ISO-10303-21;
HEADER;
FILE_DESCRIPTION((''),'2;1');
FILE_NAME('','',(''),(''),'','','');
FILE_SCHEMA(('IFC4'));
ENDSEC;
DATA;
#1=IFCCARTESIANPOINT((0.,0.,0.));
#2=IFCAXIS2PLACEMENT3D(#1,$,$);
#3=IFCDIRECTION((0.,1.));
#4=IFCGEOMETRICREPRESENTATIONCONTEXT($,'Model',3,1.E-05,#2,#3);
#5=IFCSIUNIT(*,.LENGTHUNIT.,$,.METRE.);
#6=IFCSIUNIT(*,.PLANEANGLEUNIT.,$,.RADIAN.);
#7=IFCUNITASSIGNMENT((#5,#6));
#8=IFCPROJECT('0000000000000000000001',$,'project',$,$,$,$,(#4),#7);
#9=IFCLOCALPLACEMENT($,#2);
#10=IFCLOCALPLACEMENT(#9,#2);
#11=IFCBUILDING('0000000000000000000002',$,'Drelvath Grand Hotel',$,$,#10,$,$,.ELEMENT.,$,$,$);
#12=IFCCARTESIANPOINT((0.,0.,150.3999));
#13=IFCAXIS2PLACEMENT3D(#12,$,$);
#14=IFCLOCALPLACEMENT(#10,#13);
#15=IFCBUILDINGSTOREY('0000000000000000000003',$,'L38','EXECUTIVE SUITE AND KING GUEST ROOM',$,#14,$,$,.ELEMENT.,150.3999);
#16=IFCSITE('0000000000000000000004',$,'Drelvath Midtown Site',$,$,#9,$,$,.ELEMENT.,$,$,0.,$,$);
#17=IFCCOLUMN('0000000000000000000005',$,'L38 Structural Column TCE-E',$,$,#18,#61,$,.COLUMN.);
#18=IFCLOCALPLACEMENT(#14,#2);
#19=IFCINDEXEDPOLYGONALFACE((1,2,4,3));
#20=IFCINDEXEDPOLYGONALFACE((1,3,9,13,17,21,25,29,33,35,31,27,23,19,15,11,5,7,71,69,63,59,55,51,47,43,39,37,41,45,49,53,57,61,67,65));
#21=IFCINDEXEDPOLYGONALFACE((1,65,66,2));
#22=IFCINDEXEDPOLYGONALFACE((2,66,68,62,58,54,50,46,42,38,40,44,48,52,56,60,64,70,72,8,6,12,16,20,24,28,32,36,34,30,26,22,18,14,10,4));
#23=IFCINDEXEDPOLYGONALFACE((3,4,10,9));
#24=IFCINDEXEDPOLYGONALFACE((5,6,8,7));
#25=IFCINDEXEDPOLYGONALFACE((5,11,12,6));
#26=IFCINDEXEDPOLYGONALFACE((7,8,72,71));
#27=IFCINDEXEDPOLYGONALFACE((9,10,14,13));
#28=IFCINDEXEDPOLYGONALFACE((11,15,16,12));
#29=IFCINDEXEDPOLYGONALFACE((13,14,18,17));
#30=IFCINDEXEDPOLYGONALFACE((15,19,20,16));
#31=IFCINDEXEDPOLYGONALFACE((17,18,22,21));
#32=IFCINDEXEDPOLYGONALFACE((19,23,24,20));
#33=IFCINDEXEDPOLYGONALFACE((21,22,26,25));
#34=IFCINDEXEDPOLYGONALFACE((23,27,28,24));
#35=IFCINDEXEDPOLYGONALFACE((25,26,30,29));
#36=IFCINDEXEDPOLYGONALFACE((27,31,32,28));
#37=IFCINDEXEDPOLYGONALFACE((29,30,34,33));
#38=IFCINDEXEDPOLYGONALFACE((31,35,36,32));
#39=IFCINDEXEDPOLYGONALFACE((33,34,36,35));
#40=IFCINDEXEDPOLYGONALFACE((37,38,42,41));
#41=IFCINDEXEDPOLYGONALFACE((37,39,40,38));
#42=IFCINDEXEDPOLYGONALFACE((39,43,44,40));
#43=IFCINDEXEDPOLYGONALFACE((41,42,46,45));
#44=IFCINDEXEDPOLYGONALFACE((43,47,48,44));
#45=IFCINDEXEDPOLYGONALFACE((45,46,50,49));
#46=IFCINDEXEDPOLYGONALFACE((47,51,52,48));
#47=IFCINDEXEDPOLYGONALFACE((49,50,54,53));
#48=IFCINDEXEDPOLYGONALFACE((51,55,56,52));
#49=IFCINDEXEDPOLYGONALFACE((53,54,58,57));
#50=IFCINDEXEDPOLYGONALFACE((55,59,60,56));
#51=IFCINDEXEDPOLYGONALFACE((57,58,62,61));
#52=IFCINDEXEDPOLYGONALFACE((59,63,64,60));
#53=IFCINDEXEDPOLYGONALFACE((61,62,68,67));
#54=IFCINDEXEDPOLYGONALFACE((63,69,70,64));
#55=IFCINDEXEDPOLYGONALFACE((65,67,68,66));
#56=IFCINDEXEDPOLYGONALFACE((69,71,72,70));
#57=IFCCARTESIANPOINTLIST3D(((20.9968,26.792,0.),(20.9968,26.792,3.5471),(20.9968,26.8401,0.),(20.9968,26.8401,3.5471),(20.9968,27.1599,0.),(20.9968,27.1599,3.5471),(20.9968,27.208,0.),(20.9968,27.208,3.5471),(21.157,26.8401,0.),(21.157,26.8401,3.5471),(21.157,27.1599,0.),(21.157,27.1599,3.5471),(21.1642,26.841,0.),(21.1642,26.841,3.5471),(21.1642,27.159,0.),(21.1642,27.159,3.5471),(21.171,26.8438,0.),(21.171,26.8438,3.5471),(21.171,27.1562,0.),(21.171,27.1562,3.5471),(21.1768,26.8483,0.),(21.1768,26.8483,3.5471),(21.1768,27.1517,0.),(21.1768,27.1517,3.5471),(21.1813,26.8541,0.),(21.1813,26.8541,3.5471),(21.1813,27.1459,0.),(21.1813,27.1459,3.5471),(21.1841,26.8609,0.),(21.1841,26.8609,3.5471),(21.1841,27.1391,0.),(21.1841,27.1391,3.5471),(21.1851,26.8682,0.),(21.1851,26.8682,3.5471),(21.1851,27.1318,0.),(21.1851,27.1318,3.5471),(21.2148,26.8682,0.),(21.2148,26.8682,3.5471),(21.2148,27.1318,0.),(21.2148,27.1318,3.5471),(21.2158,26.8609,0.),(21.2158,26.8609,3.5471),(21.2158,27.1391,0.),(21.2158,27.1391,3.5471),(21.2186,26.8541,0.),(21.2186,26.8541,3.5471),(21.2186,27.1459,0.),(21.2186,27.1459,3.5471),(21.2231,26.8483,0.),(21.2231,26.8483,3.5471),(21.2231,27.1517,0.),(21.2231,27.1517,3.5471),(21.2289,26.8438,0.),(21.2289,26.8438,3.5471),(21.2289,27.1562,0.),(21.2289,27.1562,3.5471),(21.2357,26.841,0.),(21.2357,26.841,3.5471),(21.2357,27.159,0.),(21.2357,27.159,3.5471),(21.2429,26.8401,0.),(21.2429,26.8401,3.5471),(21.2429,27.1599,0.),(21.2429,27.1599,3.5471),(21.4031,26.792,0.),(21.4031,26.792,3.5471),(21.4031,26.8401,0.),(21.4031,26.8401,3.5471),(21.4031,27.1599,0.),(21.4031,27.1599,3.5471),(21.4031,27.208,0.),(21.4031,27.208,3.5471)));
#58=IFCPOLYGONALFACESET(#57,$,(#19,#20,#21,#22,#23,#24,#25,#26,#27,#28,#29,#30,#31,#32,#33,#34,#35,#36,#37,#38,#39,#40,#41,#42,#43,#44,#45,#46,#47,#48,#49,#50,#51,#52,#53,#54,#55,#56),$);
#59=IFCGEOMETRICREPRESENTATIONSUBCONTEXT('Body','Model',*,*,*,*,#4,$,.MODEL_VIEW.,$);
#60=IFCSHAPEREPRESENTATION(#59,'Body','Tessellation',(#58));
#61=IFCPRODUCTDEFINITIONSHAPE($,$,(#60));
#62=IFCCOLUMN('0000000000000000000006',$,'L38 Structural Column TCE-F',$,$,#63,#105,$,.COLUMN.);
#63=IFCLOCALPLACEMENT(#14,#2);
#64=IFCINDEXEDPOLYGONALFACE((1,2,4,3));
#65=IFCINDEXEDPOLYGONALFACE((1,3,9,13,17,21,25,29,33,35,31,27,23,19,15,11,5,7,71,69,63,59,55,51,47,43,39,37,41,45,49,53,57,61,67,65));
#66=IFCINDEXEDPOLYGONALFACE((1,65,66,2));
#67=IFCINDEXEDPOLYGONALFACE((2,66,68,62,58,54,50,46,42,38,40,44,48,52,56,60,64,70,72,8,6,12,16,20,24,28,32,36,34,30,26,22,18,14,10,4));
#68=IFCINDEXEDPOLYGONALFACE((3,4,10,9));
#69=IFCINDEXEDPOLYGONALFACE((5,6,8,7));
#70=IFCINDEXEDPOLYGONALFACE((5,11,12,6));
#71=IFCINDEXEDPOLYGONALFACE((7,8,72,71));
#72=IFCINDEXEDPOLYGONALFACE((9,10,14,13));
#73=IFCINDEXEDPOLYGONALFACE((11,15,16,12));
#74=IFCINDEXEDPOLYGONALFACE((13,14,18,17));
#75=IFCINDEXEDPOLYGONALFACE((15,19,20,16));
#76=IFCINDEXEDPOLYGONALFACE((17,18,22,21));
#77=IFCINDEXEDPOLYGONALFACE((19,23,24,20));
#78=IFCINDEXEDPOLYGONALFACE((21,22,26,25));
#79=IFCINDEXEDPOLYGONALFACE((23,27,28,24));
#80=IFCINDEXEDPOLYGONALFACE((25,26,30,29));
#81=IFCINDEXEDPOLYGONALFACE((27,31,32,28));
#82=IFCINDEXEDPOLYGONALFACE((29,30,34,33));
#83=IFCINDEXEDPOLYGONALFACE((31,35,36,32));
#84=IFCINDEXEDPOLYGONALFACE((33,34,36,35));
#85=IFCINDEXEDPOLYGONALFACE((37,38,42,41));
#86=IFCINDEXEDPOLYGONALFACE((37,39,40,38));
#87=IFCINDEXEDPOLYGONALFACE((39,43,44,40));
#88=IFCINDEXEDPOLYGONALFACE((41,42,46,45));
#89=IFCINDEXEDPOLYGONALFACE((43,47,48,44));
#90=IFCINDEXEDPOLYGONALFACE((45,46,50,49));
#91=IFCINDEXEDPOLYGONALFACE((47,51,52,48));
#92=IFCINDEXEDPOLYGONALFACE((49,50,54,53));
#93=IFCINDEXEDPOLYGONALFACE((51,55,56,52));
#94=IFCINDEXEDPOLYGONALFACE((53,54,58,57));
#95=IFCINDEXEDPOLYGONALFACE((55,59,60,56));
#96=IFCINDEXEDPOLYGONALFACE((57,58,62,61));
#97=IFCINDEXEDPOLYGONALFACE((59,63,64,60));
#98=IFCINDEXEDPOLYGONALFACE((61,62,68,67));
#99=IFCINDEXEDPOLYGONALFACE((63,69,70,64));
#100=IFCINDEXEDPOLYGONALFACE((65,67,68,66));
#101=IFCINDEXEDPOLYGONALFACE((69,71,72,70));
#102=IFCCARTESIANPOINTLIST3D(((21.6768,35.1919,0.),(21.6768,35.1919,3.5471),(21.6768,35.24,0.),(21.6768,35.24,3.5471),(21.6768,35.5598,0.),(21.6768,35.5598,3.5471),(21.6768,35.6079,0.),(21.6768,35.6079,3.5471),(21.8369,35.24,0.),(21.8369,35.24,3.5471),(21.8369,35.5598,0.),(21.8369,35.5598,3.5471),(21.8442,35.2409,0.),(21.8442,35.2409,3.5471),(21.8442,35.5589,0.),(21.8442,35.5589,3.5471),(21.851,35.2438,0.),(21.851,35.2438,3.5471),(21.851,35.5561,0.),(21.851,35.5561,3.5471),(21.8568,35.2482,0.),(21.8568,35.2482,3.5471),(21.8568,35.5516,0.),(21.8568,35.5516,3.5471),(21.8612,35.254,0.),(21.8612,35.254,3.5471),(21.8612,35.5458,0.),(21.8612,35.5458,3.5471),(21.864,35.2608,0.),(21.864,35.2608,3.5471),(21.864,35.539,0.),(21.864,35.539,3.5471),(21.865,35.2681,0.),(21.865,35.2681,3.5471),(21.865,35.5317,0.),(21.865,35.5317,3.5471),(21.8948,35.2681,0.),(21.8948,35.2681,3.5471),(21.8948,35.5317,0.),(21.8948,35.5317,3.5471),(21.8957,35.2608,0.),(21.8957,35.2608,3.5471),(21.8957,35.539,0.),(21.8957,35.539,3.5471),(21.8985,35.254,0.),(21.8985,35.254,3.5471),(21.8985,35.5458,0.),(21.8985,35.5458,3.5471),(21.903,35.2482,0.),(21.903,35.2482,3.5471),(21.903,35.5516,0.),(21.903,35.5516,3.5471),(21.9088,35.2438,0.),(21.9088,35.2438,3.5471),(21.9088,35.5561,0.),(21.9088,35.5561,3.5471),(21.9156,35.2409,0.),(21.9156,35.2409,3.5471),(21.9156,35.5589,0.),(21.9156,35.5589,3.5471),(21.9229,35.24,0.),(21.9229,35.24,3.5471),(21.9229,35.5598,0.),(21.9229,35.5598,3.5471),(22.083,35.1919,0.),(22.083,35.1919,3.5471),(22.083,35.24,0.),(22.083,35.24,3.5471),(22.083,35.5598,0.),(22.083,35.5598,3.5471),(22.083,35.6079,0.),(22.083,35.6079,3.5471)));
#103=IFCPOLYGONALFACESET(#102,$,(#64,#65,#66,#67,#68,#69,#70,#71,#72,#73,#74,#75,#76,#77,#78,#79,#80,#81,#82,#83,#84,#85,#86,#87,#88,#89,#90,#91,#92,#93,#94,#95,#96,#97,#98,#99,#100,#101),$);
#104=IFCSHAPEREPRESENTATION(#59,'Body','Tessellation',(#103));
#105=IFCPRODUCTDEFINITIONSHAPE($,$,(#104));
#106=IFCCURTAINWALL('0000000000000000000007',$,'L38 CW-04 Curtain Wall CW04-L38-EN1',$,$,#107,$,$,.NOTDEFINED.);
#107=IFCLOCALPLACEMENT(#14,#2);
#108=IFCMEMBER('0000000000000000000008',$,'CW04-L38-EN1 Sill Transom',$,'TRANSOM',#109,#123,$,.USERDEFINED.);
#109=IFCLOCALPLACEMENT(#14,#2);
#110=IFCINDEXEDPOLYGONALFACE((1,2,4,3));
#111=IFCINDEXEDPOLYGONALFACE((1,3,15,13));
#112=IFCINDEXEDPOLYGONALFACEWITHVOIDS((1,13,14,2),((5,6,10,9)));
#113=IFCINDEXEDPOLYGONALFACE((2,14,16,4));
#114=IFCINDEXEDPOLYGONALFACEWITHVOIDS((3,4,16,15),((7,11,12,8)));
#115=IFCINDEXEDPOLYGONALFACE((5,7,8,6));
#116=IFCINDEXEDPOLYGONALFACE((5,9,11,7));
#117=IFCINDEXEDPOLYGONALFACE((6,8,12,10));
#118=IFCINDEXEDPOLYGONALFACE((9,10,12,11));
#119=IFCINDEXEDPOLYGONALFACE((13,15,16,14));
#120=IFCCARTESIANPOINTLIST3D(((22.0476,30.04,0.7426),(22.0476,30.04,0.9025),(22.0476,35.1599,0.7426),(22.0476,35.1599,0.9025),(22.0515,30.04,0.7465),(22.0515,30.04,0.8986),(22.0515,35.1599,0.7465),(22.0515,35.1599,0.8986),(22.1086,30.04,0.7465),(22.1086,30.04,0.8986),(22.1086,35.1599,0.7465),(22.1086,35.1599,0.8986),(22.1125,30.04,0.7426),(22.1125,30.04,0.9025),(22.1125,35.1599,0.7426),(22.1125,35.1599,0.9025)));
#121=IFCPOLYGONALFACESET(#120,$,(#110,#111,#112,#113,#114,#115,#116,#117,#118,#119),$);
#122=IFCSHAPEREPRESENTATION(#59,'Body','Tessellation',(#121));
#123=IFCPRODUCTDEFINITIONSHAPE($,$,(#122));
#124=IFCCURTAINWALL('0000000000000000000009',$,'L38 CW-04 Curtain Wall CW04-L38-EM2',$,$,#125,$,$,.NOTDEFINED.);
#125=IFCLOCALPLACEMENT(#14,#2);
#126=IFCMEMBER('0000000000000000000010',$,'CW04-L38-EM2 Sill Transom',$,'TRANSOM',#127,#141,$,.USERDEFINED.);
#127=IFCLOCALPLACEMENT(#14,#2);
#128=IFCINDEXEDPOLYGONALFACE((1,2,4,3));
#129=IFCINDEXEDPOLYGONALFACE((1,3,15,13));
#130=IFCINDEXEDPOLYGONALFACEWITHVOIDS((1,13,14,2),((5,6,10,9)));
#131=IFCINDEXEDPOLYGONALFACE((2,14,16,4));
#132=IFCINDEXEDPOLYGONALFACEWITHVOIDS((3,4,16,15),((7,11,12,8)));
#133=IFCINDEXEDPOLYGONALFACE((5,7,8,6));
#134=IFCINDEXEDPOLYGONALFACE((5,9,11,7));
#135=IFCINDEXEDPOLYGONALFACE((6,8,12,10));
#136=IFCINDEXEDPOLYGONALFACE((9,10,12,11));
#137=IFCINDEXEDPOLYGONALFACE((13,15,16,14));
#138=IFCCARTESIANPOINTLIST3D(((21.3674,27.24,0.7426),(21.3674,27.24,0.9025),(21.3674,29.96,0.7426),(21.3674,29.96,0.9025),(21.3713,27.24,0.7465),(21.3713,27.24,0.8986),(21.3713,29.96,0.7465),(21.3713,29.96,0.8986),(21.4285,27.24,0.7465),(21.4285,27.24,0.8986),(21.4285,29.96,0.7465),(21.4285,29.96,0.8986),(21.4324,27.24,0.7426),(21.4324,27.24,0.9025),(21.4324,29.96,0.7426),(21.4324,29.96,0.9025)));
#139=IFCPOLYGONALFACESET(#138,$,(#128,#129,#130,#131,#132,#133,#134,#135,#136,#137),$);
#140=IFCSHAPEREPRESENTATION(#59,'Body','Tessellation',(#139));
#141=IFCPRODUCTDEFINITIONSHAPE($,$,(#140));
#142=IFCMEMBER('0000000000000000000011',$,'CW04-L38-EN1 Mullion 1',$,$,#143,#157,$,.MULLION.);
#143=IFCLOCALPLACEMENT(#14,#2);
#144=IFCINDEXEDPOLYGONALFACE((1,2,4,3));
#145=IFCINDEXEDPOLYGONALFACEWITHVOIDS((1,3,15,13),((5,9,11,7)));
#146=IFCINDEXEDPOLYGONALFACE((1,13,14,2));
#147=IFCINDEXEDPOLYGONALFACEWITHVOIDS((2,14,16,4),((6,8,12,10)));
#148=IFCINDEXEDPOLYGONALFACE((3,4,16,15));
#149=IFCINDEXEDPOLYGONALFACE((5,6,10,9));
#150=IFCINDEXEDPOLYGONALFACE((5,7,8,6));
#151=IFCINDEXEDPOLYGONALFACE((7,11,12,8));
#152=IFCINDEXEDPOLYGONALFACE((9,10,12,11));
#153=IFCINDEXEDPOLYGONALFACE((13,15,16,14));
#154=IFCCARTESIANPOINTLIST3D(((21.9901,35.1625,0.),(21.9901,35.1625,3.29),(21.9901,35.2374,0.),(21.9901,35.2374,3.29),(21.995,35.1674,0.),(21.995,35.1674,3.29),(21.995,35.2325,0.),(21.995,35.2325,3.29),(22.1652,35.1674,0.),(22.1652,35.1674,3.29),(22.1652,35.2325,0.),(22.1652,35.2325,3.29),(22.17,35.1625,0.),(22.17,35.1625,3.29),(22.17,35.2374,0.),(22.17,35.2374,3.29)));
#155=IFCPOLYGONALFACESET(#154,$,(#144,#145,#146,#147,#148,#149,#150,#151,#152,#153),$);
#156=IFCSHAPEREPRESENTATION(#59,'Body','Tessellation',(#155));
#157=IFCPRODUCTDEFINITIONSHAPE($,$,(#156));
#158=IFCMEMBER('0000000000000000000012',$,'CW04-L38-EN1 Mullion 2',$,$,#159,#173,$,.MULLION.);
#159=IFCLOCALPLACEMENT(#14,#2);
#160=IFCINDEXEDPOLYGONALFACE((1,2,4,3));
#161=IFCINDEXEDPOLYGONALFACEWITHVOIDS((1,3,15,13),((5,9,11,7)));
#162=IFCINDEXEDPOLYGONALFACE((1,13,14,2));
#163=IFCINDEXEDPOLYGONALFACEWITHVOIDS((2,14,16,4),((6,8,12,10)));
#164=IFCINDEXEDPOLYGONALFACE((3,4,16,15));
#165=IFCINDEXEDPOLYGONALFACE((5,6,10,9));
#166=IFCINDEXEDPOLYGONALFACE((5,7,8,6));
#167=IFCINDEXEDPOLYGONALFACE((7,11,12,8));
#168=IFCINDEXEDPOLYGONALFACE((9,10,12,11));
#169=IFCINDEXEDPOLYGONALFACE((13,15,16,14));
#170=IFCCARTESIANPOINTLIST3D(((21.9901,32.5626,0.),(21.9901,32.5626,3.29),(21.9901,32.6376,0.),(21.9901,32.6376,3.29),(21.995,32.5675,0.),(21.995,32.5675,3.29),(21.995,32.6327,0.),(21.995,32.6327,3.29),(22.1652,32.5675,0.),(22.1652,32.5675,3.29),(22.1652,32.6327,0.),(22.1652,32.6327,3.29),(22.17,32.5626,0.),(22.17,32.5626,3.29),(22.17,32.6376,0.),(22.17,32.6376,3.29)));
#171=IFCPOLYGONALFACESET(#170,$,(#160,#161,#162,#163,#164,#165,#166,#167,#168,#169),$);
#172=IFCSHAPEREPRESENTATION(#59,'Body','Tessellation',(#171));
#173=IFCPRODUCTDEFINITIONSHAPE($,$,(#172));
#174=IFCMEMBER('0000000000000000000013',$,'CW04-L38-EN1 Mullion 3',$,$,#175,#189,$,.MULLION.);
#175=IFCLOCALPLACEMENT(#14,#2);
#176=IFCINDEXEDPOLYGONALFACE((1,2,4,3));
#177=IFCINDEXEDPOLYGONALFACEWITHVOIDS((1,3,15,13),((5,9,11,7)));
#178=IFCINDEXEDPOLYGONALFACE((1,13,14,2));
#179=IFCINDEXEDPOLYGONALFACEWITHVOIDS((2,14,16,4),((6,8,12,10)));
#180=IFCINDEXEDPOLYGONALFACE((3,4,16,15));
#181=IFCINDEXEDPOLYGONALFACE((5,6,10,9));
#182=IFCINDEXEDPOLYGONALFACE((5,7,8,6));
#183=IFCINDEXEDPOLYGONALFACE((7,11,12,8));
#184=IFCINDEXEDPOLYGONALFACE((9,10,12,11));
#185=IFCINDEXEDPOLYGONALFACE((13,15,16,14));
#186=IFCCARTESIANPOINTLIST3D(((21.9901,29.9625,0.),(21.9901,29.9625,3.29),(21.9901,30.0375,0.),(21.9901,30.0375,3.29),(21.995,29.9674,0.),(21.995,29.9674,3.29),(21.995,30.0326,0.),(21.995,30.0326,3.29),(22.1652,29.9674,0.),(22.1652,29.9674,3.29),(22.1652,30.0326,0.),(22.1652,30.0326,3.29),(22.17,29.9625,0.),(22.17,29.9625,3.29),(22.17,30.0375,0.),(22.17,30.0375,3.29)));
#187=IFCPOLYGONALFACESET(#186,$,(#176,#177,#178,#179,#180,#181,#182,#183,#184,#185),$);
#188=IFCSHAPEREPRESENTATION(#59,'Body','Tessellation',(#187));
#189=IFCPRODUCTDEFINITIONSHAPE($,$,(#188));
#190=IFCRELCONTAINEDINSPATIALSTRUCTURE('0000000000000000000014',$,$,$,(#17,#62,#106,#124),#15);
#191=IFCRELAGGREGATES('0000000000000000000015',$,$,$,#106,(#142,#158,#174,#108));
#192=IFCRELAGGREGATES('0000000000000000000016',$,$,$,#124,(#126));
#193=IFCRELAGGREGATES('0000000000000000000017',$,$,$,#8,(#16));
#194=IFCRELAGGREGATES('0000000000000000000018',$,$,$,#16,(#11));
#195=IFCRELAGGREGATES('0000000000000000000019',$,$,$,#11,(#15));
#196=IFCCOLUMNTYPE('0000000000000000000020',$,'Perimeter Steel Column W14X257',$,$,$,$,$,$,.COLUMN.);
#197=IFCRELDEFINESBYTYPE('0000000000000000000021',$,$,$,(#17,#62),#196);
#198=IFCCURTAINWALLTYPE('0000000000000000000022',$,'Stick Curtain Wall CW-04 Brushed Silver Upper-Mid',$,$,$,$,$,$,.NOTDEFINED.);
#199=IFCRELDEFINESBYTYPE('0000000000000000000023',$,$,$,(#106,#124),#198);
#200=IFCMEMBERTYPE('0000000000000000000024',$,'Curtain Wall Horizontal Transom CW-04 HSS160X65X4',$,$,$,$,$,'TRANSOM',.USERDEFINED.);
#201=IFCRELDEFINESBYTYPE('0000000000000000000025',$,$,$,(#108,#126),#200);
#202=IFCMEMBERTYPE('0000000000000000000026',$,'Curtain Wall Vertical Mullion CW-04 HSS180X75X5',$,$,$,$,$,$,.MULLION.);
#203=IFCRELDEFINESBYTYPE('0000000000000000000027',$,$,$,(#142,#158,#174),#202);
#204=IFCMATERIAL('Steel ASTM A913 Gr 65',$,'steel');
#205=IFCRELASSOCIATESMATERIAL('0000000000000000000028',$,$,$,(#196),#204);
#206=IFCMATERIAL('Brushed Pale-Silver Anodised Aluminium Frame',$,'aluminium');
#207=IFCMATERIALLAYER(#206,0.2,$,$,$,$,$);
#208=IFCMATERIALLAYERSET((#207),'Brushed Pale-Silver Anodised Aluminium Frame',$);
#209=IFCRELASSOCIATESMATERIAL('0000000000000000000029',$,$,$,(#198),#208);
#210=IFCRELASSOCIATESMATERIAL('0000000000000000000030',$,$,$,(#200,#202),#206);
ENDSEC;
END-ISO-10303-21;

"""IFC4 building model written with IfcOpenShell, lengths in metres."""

from ifc_helpers import new_model, si_unit, direction, frame, origin, origin_2d, place, context, subcontext, project, spatial, hollow_rectangle, i_section, extrude, material, layer, layer_set, material_profile, profile_set, type_object, element, aggregate, save


model = new_model("IFC4")

# Units and contexts
model_context = context("Model", 3, precision=1e-05, world=origin(), true_north=direction((0.0, 1.0)))
body_context = subcontext(model_context, "Body", "Model", "MODEL_VIEW")
ifc_project = project(units=[si_unit("LENGTHUNIT", "METRE"), si_unit("PLANEANGLEUNIT", "RADIAN")], contexts=[model_context])

# Site, building, storey
site_placement = place(None, origin())
site = spatial("IfcSite", under=ifc_project, at=site_placement, Name="Drelvath Midtown Site", CompositionType="ELEMENT", RefElevation=0.0)
building_placement = place(site_placement, origin())
building = spatial("IfcBuilding", under=site, at=building_placement, Name="Drelvath Grand Hotel", CompositionType="ELEMENT")
storey_placement = place(building_placement, frame((0.0, 0.0, 150.3999)))
storey = spatial("IfcBuildingStorey", under=building, at=storey_placement, Name="L38", Description="EXECUTIVE SUITE AND KING GUEST ROOM", CompositionType="ELEMENT", Elevation=150.3999)

# Columns
ifc_material_1 = material(Name="Steel ASTM A913 Gr 65", Category="steel")
ifc_material_profile_1 = material_profile(ifc_material_1, i_section(OverallWidth=0.4062, OverallDepth=0.416, WebThickness=0.0298, FlangeThickness=0.0481, FilletRadius=0.0281, at=origin_2d()), Name="W14X257")
ifc_profile_set_1 = profile_set([ifc_material_profile_1], Name="Steel ASTM A913 Gr 65")
column_type = type_object("IfcColumnType", Name="Perimeter Steel Column W14X257", PredefinedType="COLUMN", material=ifc_profile_set_1)
for number, where, z_axis, x_axis, name in (
    (1, (21.2, 27.0, 0.0), (0.0, 0.0, 1.0), (1.0, 0.0, 0.0), "L38 Structural Column TCE-E"),
    (2, (21.8799, 35.3999, 0.0), (0.0, 0.0, 1.0), (1.0, 0.0, 0.0), "L38 Structural Column TCE-F"),
):
    element("IfcColumn", number, at=place(storey_placement, frame(where, z_axis=z_axis, x_axis=x_axis)), inside=storey, type_object=column_type, Name=name, PredefinedType="COLUMN", context=body_context, shape_type="SweptSolid", body=[
        extrude(i_section(OverallWidth=0.4062, OverallDepth=0.416, WebThickness=0.0298, FlangeThickness=0.0481, FilletRadius=0.0281, at=origin_2d()), origin(), (0.0, 0.0, 1.0), 3.5471),
    ])

# Curtain walls, members
ifc_material_2 = material(Name="Brushed Pale-Silver Anodised Aluminium Frame", Category="aluminium")
ifc_layer_1 = layer(ifc_material_2, 0.2)
ifc_layer_set_1 = layer_set([ifc_layer_1], Name="Brushed Pale-Silver Anodised Aluminium Frame")
curtain_wall_type = type_object("IfcCurtainWallType", Name="Stick Curtain Wall CW-04 Brushed Silver Upper-Mid", PredefinedType="NOTDEFINED", material=ifc_layer_set_1)
curtain_wall_1_placement = place(storey_placement, origin())
curtain_wall_1 = element("IfcCurtainWall", 3, at=curtain_wall_1_placement, inside=storey, type_object=curtain_wall_type, Name="L38 CW-04 Curtain Wall CW04-L38-EN1", PredefinedType="NOTDEFINED")
ifc_material_profile_2 = material_profile(ifc_material_2, hollow_rectangle(XDim=0.0649, YDim=0.1599, WallThickness=0.0039, at=origin_2d()), Name="HSS160X65X4")
ifc_profile_set_2 = profile_set([ifc_material_profile_2], Name="Brushed Pale-Silver Anodised Aluminium Frame")
member_type_1 = type_object("IfcMemberType", Name="Curtain Wall Horizontal Transom CW-04 HSS160X65X4", ElementType="TRANSOM", PredefinedType="USERDEFINED", material=ifc_profile_set_2)
member_1_placement = place(storey_placement, frame((22.0801, 35.1599, 0.8225), z_axis=(0.0, -1.0, 0.0), x_axis=(1.0, 0.0, 0.0)))
member_1 = element("IfcMember", 4, at=member_1_placement, type_object=member_type_1, Name="CW04-L38-EN1 Sill Transom", ObjectType="TRANSOM", PredefinedType="USERDEFINED", context=body_context, shape_type="SweptSolid", body=[
    extrude(hollow_rectangle(XDim=0.0649, YDim=0.1599, WallThickness=0.0039, at=origin_2d()), origin(), (0.0, 0.0, 1.0), 5.1199),
])
curtain_wall_2_placement = place(storey_placement, origin())
curtain_wall_2 = element("IfcCurtainWall", 5, at=curtain_wall_2_placement, inside=storey, type_object=curtain_wall_type, Name="L38 CW-04 Curtain Wall CW04-L38-EM2", PredefinedType="NOTDEFINED")
member_2_placement = place(storey_placement, frame((21.3999, 29.96, 0.8225), z_axis=(0.0, -1.0, 0.0), x_axis=(1.0, 0.0, 0.0)))
member_2 = element("IfcMember", 6, at=member_2_placement, type_object=member_type_1, Name="CW04-L38-EM2 Sill Transom", ObjectType="TRANSOM", PredefinedType="USERDEFINED", context=body_context, shape_type="SweptSolid", body=[
    extrude(hollow_rectangle(XDim=0.0649, YDim=0.1599, WallThickness=0.0039, at=origin_2d()), origin(), (0.0, 0.0, 1.0), 2.72),
])

# Members
ifc_material_profile_3 = material_profile(ifc_material_2, hollow_rectangle(XDim=0.075, YDim=0.1799, WallThickness=0.0049, at=origin_2d()), Name="HSS180X75X5")
ifc_profile_set_3 = profile_set([ifc_material_profile_3], Name="Brushed Pale-Silver Anodised Aluminium Frame")
member_type_2 = type_object("IfcMemberType", Name="Curtain Wall Vertical Mullion CW-04 HSS180X75X5", PredefinedType="MULLION", material=ifc_profile_set_3)
member_3_placement = place(storey_placement, frame((22.0801, 35.2, 0.0), z_axis=(0.0, 0.0, 1.0), x_axis=(0.0, 1.0, 0.0)))
member_3 = element("IfcMember", 7, at=member_3_placement, type_object=member_type_2, Name="CW04-L38-EN1 Mullion 1", PredefinedType="MULLION", context=body_context, shape_type="SweptSolid", body=[
    extrude(hollow_rectangle(XDim=0.075, YDim=0.1799, WallThickness=0.0049, at=origin_2d()), origin(), (0.0, 0.0, 1.0), 3.29),
])
member_4_placement = place(storey_placement, frame((22.0801, 32.6001, 0.0), z_axis=(0.0, 0.0, 1.0), x_axis=(0.0, 1.0, 0.0)))
member_4 = element("IfcMember", 8, at=member_4_placement, type_object=member_type_2, Name="CW04-L38-EN1 Mullion 2", PredefinedType="MULLION", context=body_context, shape_type="SweptSolid", body=[
    extrude(hollow_rectangle(XDim=0.075, YDim=0.1799, WallThickness=0.0049, at=origin_2d()), origin(), (0.0, 0.0, 1.0), 3.29),
])
member_5_placement = place(storey_placement, frame((22.0801, 30.0, 0.0), z_axis=(0.0, 0.0, 1.0), x_axis=(0.0, 1.0, 0.0)))
member_5 = element("IfcMember", 9, at=member_5_placement, type_object=member_type_2, Name="CW04-L38-EN1 Mullion 3", PredefinedType="MULLION", context=body_context, shape_type="SweptSolid", body=[
    extrude(hollow_rectangle(XDim=0.075, YDim=0.1799, WallThickness=0.0049, at=origin_2d()), origin(), (0.0, 0.0, 1.0), 3.29),
])

aggregate(curtain_wall_1, [member_3, member_4, member_5, member_1])
aggregate(curtain_wall_2, [member_2])

save(model, "model.ifc")
